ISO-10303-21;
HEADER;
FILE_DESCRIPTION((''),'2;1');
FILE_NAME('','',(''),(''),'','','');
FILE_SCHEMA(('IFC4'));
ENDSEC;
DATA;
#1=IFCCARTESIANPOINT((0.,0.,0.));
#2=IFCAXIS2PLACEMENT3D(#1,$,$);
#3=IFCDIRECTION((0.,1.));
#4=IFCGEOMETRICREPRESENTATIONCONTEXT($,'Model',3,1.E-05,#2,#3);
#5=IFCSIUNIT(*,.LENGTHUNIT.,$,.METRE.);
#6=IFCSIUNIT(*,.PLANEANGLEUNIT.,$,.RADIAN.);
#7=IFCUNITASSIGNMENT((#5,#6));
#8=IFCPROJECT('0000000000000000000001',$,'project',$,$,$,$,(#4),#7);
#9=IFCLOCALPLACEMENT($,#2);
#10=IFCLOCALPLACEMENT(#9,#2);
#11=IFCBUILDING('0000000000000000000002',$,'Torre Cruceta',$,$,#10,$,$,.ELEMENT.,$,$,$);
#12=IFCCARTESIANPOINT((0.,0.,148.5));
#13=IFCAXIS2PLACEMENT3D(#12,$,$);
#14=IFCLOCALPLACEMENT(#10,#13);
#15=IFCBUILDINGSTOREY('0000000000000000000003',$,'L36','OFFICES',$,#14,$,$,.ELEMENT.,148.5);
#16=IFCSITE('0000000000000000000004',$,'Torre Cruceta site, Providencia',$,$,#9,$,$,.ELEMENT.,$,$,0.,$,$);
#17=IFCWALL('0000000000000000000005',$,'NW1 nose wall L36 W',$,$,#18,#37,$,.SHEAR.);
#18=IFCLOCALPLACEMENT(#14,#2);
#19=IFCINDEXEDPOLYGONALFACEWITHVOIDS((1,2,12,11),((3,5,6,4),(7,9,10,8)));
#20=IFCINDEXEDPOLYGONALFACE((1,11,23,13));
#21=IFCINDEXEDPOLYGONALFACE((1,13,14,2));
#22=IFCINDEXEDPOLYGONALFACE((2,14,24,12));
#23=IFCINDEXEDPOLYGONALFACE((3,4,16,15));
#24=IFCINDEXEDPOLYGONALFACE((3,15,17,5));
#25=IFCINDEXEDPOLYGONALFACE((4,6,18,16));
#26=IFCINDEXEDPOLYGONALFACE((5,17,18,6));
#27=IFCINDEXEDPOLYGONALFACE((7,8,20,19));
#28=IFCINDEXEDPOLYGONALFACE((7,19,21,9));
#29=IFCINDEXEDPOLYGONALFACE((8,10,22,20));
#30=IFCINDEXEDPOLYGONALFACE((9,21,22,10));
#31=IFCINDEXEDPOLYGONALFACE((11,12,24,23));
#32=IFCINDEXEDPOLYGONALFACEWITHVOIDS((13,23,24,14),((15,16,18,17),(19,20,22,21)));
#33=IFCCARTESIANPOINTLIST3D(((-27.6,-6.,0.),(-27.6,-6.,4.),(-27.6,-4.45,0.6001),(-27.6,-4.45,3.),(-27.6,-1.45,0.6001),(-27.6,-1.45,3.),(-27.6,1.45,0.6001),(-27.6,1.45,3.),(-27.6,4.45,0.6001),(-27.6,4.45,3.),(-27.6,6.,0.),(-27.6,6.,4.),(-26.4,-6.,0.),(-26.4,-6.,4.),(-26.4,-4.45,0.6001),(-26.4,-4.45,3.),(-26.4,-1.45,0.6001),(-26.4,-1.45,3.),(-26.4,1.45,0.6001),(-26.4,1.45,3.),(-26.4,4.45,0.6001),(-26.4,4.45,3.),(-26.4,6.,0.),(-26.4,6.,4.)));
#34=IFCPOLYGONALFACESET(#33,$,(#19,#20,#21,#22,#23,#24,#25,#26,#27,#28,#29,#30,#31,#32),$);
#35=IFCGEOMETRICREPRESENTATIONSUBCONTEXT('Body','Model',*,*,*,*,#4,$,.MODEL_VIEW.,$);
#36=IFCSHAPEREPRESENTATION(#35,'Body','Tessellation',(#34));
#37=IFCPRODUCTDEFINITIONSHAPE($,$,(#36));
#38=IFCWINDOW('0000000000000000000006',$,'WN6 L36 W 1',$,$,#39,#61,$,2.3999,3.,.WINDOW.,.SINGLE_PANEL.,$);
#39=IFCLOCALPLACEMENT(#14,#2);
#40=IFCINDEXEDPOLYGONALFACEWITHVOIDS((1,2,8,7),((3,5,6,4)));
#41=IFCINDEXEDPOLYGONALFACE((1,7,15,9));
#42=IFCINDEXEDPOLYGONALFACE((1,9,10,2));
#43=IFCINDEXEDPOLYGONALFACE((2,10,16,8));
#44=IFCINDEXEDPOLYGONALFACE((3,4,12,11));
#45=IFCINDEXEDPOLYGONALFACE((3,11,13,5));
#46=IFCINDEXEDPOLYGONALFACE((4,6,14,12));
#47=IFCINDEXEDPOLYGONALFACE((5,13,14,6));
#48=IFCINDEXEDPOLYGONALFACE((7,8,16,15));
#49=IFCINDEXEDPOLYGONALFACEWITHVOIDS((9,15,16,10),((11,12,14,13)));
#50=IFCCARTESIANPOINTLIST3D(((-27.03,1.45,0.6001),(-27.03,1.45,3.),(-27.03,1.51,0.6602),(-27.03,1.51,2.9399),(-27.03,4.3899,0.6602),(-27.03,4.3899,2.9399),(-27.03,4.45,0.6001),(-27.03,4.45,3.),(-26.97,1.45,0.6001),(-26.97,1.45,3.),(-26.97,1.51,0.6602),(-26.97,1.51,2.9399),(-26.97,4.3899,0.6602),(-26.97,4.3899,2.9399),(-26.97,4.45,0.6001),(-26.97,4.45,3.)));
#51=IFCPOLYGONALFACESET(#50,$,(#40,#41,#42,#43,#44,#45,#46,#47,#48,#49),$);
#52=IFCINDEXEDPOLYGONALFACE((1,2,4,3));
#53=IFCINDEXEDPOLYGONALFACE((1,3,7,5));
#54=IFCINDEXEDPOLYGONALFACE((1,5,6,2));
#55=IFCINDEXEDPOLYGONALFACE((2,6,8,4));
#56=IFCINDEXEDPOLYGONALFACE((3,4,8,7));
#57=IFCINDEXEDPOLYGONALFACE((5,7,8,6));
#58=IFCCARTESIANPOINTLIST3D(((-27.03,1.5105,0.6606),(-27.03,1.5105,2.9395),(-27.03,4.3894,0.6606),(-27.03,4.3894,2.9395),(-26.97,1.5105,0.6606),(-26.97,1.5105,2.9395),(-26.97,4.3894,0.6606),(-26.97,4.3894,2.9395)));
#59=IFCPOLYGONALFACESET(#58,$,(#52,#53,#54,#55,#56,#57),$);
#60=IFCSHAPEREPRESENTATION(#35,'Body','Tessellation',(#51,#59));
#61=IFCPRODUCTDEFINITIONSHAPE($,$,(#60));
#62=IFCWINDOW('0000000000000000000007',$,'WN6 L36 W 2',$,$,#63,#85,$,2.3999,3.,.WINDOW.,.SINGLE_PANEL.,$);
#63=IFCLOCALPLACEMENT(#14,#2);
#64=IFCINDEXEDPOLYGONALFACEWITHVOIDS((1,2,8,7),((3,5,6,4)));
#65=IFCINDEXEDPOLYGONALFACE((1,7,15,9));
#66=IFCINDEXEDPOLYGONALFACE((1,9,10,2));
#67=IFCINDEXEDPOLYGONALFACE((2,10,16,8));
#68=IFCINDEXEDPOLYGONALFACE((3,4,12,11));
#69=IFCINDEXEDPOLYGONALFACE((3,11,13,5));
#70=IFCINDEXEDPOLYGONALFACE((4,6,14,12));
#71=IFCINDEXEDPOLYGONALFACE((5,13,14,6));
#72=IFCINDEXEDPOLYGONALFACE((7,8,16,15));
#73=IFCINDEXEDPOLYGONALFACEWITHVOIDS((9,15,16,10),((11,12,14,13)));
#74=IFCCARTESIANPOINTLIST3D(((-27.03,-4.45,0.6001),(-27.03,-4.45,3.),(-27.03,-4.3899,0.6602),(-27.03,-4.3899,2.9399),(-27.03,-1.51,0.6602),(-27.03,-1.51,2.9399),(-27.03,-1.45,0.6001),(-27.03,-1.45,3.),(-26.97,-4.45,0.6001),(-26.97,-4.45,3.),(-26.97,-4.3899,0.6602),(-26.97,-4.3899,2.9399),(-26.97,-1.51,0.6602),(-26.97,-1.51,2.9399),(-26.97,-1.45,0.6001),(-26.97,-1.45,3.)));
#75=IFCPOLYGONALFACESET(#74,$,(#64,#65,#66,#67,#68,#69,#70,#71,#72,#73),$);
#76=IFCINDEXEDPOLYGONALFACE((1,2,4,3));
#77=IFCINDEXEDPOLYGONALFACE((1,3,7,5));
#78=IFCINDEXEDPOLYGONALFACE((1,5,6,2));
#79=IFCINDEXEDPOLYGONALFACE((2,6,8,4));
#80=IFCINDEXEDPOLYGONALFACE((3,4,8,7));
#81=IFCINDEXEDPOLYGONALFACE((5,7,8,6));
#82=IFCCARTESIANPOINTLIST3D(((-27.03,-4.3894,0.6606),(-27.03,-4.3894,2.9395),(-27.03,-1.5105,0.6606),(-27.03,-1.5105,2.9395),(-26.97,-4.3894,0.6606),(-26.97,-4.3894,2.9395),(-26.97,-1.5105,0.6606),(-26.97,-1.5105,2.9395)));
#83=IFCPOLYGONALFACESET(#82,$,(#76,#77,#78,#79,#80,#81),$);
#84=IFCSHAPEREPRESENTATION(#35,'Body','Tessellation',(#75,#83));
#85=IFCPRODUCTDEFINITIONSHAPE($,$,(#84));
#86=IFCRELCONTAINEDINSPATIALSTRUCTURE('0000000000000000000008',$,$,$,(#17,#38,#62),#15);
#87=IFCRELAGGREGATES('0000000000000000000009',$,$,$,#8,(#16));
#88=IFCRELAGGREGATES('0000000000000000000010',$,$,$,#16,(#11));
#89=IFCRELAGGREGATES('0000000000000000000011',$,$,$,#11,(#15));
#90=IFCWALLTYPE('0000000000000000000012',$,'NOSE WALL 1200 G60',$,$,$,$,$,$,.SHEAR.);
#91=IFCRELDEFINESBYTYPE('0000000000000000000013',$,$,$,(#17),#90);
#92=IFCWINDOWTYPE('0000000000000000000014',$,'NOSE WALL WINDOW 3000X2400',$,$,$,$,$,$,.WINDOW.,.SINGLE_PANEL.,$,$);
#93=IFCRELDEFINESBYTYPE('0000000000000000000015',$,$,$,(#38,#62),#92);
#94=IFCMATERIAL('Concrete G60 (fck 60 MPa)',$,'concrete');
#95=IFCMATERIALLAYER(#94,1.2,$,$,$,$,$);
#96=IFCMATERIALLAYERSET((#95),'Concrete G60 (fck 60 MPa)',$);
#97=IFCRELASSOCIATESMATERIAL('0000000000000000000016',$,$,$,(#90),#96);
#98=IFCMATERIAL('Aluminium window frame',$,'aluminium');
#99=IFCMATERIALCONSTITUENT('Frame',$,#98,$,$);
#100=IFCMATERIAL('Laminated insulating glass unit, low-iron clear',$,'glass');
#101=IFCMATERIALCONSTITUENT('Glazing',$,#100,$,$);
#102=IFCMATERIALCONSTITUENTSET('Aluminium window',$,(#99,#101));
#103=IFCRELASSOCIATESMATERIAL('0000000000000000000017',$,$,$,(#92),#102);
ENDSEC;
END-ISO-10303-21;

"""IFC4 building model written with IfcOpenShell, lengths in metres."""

from ifc_helpers import new_model, si_unit, direction, frame, frame_2d, origin, place, context, subcontext, project, spatial, rectangle, hollow_rectangle, extrude, material, layer, layer_set, constituent, constituent_set, type_object, element, fill, save


model = new_model("IFC4")

# Units and contexts
model_context = context("Model", 3, precision=1e-05, world=origin(), true_north=direction((0.0, 1.0)))
body_context = subcontext(model_context, "Body", "Model", "MODEL_VIEW")
ifc_project = project(units=[si_unit("LENGTHUNIT", "METRE"), si_unit("PLANEANGLEUNIT", "RADIAN")], contexts=[model_context])

# Site, building, storey
site_placement = place(None, origin())
site = spatial("IfcSite", under=ifc_project, at=site_placement, Name="Torre Cruceta site, Providencia", CompositionType="ELEMENT", RefElevation=0.0)
building_placement = place(site_placement, origin())
building = spatial("IfcBuilding", under=site, at=building_placement, Name="Torre Cruceta", CompositionType="ELEMENT")
storey_placement = place(building_placement, frame((0.0, 0.0, 148.5)))
storey = spatial("IfcBuildingStorey", under=building, at=storey_placement, Name="L36", Description="OFFICES", CompositionType="ELEMENT", Elevation=148.5)

# Wall, openings, windows
ifc_material_1 = material(Name="Concrete G60 (fck 60 MPa)", Category="concrete")
ifc_layer_1 = layer(ifc_material_1, 1.2)
ifc_layer_set_1 = layer_set([ifc_layer_1], Name="Concrete G60 (fck 60 MPa)")
wall_type_1 = type_object("IfcWallType", Name="NOSE WALL 1200 G60", PredefinedType="SHEAR", material=ifc_layer_set_1)
wall_1_placement = place(storey_placement, frame((-27.0, 6.0, 0.0), z_axis=(0.0, 0.0, 1.0), x_axis=(0.0, -1.0, 0.0)))
wall_1 = element("IfcWall", 1, at=wall_1_placement, inside=storey, type_object=wall_type_1, Name="NW1 nose wall L36 W", PredefinedType="SHEAR", context=body_context, shape_type="SweptSolid", body=[
    extrude(rectangle(XDim=12.0, YDim=1.2, at=frame_2d((6.0, 0.0))), origin(), (0.0, 0.0, 1.0), 4.0),
])
opening_1_placement = place(wall_1_placement, frame((1.55, 0.0, 0.6001)))
opening_1 = element("IfcOpeningElement", 2, at=opening_1_placement, cuts=wall_1, PredefinedType="OPENING", context=body_context, shape_type="SweptSolid", body=[
    extrude(rectangle(XDim=3.0, YDim=2.3999, at=frame_2d((1.5, 1.2))), frame((0.0, 0.6099, 0.0), z_axis=(0.0, -1.0, 0.0), x_axis=(1.0, 0.0, 0.0)), (0.0, 0.0, 1.0), 1.22),
])
opening_2_placement = place(wall_1_placement, frame((7.45, 0.0, 0.6001)))
opening_2 = element("IfcOpeningElement", 3, at=opening_2_placement, cuts=wall_1, PredefinedType="OPENING", context=body_context, shape_type="SweptSolid", body=[
    extrude(rectangle(XDim=3.0, YDim=2.3999, at=frame_2d((1.5, 1.2))), frame((0.0, 0.6099, 0.0), z_axis=(0.0, -1.0, 0.0), x_axis=(1.0, 0.0, 0.0)), (0.0, 0.0, 1.0), 1.22),
])
ifc_material_2 = material(Name="Aluminium window frame", Category="aluminium")
ifc_constituent_1 = constituent(ifc_material_2, Name="Frame")
ifc_material_3 = material(Name="Laminated insulating glass unit, low-iron clear", Category="glass")
ifc_constituent_2 = constituent(ifc_material_3, Name="Glazing")
ifc_constituent_set_1 = constituent_set(constituents=[ifc_constituent_1, ifc_constituent_2], Name="Aluminium window")
window_type_1 = type_object("IfcWindowType", Name="NOSE WALL WINDOW 3000X2400", PartitioningType="SINGLE_PANEL", PredefinedType="WINDOW", material=ifc_constituent_set_1)
window_1_placement = place(opening_1_placement, origin())
window_1 = element("IfcWindow", 4, at=window_1_placement, inside=storey, type_object=window_type_1, Name="WN6 L36 W 1", OverallHeight=2.3999, OverallWidth=3.0, PartitioningType="SINGLE_PANEL", PredefinedType="WINDOW", context=body_context, shape_type="SweptSolid", body=[
    extrude(hollow_rectangle(XDim=3.0, YDim=2.3999, WallThickness=0.0601, at=frame_2d((1.5, 1.2))), frame((0.0, 0.03, 0.0), z_axis=(0.0, -1.0, 0.0), x_axis=(1.0, 0.0, 0.0)), (0.0, 0.0, 1.0), 0.0601),
    extrude(rectangle(XDim=2.8789, YDim=2.2788, at=frame_2d((1.5, 1.2))), frame((0.0, 0.03, 0.0), z_axis=(0.0, -1.0, 0.0), x_axis=(1.0, 0.0, 0.0)), (0.0, 0.0, 1.0), 0.0601),
])
fill(opening_1, window_1)
window_2_placement = place(opening_2_placement, origin())
window_2 = element("IfcWindow", 5, at=window_2_placement, inside=storey, type_object=window_type_1, Name="WN6 L36 W 2", OverallHeight=2.3999, OverallWidth=3.0, PartitioningType="SINGLE_PANEL", PredefinedType="WINDOW", context=body_context, shape_type="SweptSolid", body=[
    extrude(hollow_rectangle(XDim=3.0, YDim=2.3999, WallThickness=0.0601, at=frame_2d((1.5, 1.2))), frame((0.0, 0.03, 0.0), z_axis=(0.0, -1.0, 0.0), x_axis=(1.0, 0.0, 0.0)), (0.0, 0.0, 1.0), 0.0601),
    extrude(rectangle(XDim=2.8789, YDim=2.2788, at=frame_2d((1.5, 1.2))), frame((0.0, 0.03, 0.0), z_axis=(0.0, -1.0, 0.0), x_axis=(1.0, 0.0, 0.0)), (0.0, 0.0, 1.0), 0.0601),
])
fill(opening_2, window_2)

save(model, "model.ifc")
